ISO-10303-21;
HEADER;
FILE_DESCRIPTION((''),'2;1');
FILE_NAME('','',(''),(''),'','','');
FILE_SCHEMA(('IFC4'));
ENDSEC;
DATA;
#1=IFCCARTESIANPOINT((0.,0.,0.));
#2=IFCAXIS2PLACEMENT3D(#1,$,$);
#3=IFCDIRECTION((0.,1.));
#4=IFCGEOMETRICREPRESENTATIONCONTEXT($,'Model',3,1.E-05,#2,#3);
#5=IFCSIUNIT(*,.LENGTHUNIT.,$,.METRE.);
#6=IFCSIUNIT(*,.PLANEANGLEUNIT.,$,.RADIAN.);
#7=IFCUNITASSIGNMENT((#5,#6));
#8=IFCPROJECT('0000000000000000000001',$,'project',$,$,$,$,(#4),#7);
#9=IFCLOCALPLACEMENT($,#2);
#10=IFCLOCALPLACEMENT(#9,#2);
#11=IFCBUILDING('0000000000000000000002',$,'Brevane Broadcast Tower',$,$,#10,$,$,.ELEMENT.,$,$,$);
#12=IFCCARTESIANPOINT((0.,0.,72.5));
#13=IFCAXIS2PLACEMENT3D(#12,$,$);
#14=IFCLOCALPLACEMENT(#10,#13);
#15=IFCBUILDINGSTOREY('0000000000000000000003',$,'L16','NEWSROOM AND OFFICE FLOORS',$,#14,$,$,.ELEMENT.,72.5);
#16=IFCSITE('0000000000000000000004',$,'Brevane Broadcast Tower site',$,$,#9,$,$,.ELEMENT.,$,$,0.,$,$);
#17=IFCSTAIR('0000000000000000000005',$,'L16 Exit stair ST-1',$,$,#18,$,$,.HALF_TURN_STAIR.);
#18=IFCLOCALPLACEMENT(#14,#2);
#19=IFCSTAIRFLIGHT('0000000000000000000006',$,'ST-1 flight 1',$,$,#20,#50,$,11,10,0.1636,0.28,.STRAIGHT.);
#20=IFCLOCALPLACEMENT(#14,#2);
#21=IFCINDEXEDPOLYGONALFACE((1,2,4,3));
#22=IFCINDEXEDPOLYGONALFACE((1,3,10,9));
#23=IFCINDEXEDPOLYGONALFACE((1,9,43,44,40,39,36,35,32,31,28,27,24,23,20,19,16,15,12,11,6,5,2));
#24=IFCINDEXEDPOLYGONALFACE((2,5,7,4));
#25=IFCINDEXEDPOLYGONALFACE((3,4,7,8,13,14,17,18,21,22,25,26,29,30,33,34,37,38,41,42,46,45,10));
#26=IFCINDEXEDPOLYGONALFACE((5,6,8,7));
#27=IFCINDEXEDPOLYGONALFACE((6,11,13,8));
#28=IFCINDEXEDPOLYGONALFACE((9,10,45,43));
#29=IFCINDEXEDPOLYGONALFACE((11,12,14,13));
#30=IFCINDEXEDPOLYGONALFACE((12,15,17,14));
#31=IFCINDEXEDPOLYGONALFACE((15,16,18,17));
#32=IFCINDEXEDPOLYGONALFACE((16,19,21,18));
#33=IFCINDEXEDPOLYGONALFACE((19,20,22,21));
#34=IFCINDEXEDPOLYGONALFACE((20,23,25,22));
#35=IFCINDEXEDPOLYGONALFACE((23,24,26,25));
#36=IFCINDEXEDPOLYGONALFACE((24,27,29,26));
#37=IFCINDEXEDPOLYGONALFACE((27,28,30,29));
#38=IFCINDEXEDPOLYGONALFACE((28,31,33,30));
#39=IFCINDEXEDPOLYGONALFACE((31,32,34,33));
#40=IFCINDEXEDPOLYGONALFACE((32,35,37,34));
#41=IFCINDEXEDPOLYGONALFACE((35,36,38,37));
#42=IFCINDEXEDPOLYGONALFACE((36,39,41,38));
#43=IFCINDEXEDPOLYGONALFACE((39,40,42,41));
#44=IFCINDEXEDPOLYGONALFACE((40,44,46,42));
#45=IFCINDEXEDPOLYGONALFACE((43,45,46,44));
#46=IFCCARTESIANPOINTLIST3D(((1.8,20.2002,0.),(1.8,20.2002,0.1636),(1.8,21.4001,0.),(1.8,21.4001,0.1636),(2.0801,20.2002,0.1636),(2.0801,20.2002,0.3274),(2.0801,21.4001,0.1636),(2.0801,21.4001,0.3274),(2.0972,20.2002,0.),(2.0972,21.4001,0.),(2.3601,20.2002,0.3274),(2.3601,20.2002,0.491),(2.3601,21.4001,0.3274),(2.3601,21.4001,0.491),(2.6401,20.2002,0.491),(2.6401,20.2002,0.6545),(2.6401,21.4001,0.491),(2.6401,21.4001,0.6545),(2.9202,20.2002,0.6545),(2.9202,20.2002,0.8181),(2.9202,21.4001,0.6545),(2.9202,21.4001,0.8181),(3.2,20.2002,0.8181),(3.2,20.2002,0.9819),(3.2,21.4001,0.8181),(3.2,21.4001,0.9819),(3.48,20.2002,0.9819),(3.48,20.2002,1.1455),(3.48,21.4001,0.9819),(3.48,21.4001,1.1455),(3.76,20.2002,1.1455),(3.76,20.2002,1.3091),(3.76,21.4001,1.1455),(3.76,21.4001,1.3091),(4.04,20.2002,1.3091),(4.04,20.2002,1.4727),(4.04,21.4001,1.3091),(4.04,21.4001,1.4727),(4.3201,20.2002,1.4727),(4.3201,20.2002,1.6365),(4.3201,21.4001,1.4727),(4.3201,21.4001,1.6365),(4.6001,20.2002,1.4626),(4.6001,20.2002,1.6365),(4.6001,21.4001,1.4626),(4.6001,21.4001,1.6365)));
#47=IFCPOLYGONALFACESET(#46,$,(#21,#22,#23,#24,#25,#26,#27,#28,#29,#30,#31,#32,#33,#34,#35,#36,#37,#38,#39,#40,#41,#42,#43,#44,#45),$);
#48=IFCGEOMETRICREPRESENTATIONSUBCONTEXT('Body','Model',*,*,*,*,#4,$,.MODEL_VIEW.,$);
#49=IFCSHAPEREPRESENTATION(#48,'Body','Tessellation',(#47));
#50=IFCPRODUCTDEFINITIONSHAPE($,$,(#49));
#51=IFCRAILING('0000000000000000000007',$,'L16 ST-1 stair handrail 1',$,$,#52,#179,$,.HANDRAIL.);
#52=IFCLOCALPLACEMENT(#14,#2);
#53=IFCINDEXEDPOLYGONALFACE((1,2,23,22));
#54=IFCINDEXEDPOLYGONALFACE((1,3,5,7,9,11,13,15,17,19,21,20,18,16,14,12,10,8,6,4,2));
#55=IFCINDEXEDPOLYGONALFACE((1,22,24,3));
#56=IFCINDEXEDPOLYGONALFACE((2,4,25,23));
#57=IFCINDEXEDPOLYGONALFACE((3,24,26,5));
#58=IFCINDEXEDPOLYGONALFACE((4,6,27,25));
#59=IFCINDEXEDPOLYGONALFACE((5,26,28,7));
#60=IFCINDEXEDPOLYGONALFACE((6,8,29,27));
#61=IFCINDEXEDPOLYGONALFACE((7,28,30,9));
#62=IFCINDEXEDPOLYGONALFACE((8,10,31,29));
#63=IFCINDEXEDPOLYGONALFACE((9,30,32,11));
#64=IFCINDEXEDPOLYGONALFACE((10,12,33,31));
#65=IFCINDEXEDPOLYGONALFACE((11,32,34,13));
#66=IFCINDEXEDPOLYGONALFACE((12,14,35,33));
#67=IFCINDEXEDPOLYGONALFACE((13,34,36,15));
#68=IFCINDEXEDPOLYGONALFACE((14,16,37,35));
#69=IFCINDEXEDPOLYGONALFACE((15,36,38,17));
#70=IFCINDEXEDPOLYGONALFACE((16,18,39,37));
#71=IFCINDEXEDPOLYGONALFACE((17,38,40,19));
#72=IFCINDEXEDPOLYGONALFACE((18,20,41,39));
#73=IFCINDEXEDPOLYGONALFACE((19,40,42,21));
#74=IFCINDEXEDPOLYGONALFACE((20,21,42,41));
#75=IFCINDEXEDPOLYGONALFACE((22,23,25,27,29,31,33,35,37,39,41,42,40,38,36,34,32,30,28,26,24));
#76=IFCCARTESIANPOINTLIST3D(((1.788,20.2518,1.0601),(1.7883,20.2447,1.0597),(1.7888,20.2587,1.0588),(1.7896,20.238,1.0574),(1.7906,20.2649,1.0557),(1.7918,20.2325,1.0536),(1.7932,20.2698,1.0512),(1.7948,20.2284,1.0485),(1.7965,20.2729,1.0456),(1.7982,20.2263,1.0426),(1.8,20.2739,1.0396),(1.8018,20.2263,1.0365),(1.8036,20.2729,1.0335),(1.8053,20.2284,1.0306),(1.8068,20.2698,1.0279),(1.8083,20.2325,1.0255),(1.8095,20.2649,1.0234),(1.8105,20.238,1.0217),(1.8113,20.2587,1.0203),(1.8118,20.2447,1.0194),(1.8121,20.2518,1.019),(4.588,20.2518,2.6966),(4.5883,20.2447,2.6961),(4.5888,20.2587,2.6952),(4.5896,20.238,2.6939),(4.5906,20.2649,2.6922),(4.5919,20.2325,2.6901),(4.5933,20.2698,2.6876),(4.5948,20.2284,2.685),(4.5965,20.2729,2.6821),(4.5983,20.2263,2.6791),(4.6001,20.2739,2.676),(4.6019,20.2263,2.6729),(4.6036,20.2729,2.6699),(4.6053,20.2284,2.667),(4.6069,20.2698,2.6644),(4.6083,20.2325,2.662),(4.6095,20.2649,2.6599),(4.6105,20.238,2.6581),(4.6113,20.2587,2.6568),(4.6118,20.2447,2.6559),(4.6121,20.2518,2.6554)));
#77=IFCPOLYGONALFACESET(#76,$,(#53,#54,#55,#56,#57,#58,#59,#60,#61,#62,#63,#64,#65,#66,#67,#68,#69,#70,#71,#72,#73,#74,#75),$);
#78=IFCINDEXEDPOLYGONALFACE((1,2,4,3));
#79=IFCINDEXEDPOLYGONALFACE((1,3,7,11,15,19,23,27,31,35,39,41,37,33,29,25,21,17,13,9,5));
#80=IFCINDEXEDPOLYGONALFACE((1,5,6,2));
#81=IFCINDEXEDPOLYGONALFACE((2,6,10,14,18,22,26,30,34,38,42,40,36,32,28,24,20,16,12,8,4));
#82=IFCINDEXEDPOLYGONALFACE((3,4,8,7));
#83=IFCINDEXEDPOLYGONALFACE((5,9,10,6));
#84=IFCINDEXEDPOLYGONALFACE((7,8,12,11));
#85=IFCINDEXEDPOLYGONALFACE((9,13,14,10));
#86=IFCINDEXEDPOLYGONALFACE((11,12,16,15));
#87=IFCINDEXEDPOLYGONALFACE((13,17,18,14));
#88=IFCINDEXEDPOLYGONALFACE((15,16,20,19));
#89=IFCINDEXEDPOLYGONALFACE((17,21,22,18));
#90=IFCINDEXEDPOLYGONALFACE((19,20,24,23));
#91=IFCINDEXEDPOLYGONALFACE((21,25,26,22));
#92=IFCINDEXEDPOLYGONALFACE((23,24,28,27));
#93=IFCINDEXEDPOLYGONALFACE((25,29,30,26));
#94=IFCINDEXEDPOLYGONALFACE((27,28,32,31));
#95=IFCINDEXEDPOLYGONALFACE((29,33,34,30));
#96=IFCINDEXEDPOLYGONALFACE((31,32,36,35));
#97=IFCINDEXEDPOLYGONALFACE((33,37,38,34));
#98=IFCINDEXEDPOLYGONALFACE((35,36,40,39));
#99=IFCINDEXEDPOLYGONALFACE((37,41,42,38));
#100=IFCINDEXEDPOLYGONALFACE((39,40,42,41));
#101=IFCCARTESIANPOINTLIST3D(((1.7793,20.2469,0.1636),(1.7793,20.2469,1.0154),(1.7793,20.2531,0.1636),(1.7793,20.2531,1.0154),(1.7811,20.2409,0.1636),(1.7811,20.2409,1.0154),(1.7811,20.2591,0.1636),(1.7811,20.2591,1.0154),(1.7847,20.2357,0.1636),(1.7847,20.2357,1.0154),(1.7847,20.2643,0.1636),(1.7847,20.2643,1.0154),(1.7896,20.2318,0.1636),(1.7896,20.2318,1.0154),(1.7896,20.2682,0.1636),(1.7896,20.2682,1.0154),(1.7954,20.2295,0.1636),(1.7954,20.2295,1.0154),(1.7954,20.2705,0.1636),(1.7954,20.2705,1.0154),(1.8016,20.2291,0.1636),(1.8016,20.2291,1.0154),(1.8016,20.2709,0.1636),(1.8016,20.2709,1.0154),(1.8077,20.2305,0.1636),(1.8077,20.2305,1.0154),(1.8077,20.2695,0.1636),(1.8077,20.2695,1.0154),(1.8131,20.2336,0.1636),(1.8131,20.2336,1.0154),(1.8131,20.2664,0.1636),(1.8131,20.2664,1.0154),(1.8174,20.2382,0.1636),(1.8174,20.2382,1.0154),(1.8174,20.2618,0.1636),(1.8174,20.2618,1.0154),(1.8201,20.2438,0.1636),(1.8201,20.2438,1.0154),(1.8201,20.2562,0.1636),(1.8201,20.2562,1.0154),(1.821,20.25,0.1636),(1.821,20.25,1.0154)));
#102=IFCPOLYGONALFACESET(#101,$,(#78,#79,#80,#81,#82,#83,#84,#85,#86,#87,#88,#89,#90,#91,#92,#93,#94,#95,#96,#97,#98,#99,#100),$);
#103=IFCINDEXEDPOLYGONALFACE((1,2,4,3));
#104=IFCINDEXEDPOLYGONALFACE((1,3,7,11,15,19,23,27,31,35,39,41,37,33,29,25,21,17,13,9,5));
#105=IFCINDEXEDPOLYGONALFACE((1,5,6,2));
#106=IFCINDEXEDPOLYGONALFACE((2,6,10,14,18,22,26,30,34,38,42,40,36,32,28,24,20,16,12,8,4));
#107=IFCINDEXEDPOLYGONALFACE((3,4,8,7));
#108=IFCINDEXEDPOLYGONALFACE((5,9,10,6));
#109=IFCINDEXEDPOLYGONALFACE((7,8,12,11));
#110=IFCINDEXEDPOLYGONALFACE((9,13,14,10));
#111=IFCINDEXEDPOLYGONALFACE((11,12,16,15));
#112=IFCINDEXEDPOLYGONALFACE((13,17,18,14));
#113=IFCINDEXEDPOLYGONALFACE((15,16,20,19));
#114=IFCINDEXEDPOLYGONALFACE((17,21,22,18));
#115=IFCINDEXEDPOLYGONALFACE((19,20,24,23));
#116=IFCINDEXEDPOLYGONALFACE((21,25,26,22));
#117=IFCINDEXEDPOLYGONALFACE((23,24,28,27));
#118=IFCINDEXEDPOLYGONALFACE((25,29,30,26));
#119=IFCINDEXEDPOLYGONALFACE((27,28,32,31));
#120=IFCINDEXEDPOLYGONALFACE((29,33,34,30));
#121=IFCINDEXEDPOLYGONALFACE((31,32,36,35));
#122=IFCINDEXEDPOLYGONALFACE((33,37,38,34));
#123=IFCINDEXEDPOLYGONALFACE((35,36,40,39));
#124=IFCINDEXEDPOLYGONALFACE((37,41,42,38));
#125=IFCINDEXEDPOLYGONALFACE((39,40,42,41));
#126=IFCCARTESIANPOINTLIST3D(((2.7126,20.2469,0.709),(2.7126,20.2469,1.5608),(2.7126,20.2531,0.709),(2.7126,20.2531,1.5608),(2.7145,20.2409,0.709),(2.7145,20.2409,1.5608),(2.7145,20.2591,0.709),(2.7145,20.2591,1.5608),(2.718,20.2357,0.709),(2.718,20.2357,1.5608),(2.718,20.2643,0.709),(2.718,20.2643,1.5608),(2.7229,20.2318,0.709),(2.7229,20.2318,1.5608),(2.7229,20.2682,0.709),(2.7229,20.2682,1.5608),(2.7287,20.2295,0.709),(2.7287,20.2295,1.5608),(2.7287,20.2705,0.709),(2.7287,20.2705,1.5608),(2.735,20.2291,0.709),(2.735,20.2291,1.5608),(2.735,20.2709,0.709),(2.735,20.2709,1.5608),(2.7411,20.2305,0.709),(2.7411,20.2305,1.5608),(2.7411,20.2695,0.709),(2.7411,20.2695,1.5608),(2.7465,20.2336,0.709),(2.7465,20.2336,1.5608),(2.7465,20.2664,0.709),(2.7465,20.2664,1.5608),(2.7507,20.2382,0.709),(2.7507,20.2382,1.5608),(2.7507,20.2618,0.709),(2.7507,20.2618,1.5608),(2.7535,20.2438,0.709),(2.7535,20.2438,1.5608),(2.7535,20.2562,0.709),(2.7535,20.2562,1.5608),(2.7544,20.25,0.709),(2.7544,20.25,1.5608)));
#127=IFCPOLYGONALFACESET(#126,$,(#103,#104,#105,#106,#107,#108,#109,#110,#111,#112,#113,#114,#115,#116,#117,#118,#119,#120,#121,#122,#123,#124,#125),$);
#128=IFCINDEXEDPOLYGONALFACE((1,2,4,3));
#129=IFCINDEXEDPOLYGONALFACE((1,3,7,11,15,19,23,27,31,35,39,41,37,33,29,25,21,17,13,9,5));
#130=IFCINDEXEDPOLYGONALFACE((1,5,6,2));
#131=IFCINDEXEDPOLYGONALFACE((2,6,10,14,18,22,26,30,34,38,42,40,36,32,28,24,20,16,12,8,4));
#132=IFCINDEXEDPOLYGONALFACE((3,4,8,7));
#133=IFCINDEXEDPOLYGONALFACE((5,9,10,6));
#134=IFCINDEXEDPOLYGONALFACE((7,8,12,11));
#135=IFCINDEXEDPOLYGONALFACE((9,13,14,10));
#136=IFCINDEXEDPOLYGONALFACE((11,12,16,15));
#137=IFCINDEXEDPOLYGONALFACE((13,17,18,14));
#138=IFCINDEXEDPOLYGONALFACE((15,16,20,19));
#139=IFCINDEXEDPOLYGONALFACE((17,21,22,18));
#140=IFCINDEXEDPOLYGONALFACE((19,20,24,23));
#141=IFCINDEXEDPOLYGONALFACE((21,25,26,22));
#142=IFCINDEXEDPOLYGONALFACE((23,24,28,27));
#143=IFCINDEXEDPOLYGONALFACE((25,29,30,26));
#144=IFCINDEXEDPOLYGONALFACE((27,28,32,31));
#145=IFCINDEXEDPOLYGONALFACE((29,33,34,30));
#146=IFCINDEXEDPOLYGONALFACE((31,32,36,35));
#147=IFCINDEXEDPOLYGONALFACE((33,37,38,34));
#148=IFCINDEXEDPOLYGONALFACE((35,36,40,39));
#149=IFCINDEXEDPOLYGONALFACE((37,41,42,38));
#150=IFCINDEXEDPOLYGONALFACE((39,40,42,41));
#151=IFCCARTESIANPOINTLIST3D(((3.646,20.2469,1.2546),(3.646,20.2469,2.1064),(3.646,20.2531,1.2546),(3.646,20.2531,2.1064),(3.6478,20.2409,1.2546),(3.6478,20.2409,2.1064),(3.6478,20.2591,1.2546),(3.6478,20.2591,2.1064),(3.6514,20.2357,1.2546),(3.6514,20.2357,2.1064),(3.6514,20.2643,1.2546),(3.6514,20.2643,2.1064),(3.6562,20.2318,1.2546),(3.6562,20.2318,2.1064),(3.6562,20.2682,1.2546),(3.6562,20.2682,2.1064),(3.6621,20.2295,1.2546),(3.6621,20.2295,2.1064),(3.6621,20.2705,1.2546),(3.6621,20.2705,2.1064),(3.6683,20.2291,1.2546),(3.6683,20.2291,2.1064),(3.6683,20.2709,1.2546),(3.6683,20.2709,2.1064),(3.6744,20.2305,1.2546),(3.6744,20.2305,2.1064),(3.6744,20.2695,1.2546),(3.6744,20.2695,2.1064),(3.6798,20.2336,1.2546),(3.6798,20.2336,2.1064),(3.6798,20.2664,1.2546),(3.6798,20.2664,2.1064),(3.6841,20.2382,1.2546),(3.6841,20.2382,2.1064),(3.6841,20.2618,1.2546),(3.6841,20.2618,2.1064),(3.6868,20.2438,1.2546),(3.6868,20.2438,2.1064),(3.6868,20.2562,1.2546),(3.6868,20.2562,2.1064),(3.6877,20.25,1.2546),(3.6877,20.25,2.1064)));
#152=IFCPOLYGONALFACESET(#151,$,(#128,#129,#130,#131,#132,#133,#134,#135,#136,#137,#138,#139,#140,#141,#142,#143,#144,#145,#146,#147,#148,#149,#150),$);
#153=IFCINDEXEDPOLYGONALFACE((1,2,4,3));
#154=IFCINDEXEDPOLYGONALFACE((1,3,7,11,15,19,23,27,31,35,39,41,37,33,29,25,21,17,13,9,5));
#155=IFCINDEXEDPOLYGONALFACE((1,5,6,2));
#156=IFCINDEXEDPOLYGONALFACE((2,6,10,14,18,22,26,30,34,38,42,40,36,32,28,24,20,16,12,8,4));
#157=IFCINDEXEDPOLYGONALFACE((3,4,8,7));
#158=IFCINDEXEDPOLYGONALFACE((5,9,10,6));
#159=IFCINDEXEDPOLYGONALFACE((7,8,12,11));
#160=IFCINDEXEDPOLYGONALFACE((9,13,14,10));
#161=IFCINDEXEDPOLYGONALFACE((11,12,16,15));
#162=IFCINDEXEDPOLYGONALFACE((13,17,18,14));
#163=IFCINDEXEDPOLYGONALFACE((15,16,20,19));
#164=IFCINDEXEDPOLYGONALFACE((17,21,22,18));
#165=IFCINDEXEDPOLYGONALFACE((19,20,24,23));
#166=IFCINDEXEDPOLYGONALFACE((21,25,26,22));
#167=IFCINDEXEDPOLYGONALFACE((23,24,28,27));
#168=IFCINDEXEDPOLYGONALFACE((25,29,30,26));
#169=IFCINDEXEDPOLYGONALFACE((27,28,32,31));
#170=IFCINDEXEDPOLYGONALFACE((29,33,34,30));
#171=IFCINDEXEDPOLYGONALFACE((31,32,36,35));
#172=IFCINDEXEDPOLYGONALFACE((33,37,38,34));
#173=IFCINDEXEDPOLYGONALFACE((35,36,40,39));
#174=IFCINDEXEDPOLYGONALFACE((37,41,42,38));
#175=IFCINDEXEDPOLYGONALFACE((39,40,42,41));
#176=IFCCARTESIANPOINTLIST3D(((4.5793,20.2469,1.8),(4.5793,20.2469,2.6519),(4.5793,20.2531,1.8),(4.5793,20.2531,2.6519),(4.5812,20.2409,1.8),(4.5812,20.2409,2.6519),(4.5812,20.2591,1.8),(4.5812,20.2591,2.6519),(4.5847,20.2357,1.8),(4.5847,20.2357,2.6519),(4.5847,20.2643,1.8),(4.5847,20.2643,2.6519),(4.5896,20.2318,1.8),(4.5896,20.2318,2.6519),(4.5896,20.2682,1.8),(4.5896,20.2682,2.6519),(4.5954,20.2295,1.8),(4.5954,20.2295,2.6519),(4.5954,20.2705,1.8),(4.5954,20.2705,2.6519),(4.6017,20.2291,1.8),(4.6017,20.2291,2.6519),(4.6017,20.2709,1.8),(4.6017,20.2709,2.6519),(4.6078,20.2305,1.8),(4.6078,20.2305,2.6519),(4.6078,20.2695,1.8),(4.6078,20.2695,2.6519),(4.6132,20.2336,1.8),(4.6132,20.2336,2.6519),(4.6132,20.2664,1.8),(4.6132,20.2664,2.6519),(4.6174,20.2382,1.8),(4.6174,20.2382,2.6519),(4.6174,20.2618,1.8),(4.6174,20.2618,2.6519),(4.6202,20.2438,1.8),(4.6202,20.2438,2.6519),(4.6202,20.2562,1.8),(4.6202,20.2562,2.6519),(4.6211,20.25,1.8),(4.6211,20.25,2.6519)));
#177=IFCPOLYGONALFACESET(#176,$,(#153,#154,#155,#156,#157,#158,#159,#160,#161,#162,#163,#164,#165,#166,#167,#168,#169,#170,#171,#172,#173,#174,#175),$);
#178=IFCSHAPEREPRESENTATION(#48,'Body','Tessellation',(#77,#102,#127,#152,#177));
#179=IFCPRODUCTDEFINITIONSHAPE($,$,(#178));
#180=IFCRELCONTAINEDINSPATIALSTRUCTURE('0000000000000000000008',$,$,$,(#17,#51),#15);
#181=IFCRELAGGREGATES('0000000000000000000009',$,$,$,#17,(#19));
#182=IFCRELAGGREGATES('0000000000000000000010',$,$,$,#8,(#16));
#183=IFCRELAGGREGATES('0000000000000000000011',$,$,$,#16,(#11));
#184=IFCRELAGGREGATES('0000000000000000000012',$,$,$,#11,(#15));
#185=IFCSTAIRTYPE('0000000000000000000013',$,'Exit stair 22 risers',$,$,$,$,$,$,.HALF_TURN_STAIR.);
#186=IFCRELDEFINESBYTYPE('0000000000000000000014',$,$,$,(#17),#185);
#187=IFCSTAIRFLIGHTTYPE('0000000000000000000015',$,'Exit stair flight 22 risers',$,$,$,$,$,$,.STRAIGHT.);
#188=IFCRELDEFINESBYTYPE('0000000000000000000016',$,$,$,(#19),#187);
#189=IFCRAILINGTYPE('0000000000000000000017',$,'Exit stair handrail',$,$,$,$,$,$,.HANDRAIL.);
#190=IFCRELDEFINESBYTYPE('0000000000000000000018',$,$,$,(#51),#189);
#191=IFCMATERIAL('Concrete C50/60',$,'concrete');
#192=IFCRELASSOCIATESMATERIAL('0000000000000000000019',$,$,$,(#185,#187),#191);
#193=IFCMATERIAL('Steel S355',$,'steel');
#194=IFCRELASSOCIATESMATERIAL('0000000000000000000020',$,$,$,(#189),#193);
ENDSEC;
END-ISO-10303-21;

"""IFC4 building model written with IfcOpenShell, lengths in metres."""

from ifc_helpers import new_model, si_unit, direction, frame, origin, origin_2d, place, context, subcontext, project, spatial, polyline, circle, outline, extrude, material, type_object, element, aggregate, save


model = new_model("IFC4")

# Units and contexts
model_context = context("Model", 3, precision=1e-05, world=origin(), true_north=direction((0.0, 1.0)))
body_context = subcontext(model_context, "Body", "Model", "MODEL_VIEW")
ifc_project = project(units=[si_unit("LENGTHUNIT", "METRE"), si_unit("PLANEANGLEUNIT", "RADIAN")], contexts=[model_context])

# Site, building, storey
site_placement = place(None, origin())
site = spatial("IfcSite", under=ifc_project, at=site_placement, Name="Brevane Broadcast Tower site", CompositionType="ELEMENT", RefElevation=0.0)
building_placement = place(site_placement, origin())
building = spatial("IfcBuilding", under=site, at=building_placement, Name="Brevane Broadcast Tower", CompositionType="ELEMENT")
storey_placement = place(building_placement, frame((0.0, 0.0, 72.5)))
storey = spatial("IfcBuildingStorey", under=building, at=storey_placement, Name="L16", Description="NEWSROOM AND OFFICE FLOORS", CompositionType="ELEMENT", Elevation=72.5)

# Stair, stair flight
ifc_material_1 = material(Name="Concrete C50/60", Category="concrete")
stair_type = type_object("IfcStairType", Name="Exit stair 22 risers", PredefinedType="HALF_TURN_STAIR", material=ifc_material_1)
stair_placement = place(storey_placement, origin())
stair = element("IfcStair", 1, at=stair_placement, inside=storey, type_object=stair_type, Name="L16 Exit stair ST-1", PredefinedType="HALF_TURN_STAIR")
stair_flight_type = type_object("IfcStairFlightType", Name="Exit stair flight 22 risers", PredefinedType="STRAIGHT", material=ifc_material_1)
stair_flight_placement = place(storey_placement, frame((1.8, 20.8, 0.0), z_axis=(0.0, 0.0, 1.0), x_axis=(1.0, 0.0, 0.0)))
stair_flight = element("IfcStairFlight", 2, at=stair_flight_placement, type_object=stair_flight_type, Name="ST-1 flight 1", NumberOfRisers=11, NumberOfTreads=10, PredefinedType="STRAIGHT", RiserHeight=0.1636, TreadLength=0.28, context=body_context, shape_type="SweptSolid", body=[
    extrude(outline(polyline([(0.0, 0.0), (0.0, 0.1636), (0.28, 0.1636), (0.28, 0.3274), (0.5601, 0.3274), (0.5601, 0.491), (0.8401, 0.491), (0.8401, 0.6545), (1.1201, 0.6545), (1.1201, 0.8181), (1.3999, 0.8181), (1.3999, 0.9819), (1.6799, 0.9819), (1.6799, 1.1455), (1.96, 1.1455), (1.96, 1.3091), (2.24, 1.3091), (2.24, 1.4727), (2.52, 1.4727), (2.52, 1.6365), (2.8, 1.6365), (2.8, 1.8), (2.8, 1.4626), (0.2971, 0.0), (0.0, 0.0)])), frame((0.0, 0.6001, 0.0), z_axis=(0.0, -1.0, 0.0), x_axis=(1.0, 0.0, 0.0)), (0.0, 0.0, 1.0), 1.2),
])
aggregate(stair, [stair_flight])

# Railing
ifc_material_2 = material(Name="Steel S355", Category="steel")
railing_type = type_object("IfcRailingType", Name="Exit stair handrail", PredefinedType="HANDRAIL", material=ifc_material_2)
railing_placement = place(storey_placement, frame((1.8, 20.25, 0.1636)))
element("IfcRailing", 3, at=railing_placement, inside=storey, type_object=railing_type, Name="L16 ST-1 stair handrail 1", PredefinedType="HANDRAIL", context=body_context, shape_type="SweptSolid", body=[
    extrude(circle(Radius=0.0239, at=origin_2d()), frame((0.0, 0.0, 0.876), z_axis=(0.863361, 0.0, 0.504587), x_axis=(0.0, 1.0, 0.0)), (0.0, 0.0, 1.0), 3.2432),
    extrude(circle(Radius=0.021, at=origin_2d()), origin(), (0.0, 0.0, 1.0), 0.8518),
    extrude(circle(Radius=0.021, at=origin_2d()), frame((0.9333, 0.0, 0.5454)), (0.0, 0.0, 1.0), 0.8518),
    extrude(circle(Radius=0.021, at=origin_2d()), frame((1.8667, 0.0, 1.0911)), (0.0, 0.0, 1.0), 0.8518),
    extrude(circle(Radius=0.021, at=origin_2d()), frame((2.8, 0.0, 1.6365)), (0.0, 0.0, 1.0), 0.8518),
])

save(model, "model.ifc")
